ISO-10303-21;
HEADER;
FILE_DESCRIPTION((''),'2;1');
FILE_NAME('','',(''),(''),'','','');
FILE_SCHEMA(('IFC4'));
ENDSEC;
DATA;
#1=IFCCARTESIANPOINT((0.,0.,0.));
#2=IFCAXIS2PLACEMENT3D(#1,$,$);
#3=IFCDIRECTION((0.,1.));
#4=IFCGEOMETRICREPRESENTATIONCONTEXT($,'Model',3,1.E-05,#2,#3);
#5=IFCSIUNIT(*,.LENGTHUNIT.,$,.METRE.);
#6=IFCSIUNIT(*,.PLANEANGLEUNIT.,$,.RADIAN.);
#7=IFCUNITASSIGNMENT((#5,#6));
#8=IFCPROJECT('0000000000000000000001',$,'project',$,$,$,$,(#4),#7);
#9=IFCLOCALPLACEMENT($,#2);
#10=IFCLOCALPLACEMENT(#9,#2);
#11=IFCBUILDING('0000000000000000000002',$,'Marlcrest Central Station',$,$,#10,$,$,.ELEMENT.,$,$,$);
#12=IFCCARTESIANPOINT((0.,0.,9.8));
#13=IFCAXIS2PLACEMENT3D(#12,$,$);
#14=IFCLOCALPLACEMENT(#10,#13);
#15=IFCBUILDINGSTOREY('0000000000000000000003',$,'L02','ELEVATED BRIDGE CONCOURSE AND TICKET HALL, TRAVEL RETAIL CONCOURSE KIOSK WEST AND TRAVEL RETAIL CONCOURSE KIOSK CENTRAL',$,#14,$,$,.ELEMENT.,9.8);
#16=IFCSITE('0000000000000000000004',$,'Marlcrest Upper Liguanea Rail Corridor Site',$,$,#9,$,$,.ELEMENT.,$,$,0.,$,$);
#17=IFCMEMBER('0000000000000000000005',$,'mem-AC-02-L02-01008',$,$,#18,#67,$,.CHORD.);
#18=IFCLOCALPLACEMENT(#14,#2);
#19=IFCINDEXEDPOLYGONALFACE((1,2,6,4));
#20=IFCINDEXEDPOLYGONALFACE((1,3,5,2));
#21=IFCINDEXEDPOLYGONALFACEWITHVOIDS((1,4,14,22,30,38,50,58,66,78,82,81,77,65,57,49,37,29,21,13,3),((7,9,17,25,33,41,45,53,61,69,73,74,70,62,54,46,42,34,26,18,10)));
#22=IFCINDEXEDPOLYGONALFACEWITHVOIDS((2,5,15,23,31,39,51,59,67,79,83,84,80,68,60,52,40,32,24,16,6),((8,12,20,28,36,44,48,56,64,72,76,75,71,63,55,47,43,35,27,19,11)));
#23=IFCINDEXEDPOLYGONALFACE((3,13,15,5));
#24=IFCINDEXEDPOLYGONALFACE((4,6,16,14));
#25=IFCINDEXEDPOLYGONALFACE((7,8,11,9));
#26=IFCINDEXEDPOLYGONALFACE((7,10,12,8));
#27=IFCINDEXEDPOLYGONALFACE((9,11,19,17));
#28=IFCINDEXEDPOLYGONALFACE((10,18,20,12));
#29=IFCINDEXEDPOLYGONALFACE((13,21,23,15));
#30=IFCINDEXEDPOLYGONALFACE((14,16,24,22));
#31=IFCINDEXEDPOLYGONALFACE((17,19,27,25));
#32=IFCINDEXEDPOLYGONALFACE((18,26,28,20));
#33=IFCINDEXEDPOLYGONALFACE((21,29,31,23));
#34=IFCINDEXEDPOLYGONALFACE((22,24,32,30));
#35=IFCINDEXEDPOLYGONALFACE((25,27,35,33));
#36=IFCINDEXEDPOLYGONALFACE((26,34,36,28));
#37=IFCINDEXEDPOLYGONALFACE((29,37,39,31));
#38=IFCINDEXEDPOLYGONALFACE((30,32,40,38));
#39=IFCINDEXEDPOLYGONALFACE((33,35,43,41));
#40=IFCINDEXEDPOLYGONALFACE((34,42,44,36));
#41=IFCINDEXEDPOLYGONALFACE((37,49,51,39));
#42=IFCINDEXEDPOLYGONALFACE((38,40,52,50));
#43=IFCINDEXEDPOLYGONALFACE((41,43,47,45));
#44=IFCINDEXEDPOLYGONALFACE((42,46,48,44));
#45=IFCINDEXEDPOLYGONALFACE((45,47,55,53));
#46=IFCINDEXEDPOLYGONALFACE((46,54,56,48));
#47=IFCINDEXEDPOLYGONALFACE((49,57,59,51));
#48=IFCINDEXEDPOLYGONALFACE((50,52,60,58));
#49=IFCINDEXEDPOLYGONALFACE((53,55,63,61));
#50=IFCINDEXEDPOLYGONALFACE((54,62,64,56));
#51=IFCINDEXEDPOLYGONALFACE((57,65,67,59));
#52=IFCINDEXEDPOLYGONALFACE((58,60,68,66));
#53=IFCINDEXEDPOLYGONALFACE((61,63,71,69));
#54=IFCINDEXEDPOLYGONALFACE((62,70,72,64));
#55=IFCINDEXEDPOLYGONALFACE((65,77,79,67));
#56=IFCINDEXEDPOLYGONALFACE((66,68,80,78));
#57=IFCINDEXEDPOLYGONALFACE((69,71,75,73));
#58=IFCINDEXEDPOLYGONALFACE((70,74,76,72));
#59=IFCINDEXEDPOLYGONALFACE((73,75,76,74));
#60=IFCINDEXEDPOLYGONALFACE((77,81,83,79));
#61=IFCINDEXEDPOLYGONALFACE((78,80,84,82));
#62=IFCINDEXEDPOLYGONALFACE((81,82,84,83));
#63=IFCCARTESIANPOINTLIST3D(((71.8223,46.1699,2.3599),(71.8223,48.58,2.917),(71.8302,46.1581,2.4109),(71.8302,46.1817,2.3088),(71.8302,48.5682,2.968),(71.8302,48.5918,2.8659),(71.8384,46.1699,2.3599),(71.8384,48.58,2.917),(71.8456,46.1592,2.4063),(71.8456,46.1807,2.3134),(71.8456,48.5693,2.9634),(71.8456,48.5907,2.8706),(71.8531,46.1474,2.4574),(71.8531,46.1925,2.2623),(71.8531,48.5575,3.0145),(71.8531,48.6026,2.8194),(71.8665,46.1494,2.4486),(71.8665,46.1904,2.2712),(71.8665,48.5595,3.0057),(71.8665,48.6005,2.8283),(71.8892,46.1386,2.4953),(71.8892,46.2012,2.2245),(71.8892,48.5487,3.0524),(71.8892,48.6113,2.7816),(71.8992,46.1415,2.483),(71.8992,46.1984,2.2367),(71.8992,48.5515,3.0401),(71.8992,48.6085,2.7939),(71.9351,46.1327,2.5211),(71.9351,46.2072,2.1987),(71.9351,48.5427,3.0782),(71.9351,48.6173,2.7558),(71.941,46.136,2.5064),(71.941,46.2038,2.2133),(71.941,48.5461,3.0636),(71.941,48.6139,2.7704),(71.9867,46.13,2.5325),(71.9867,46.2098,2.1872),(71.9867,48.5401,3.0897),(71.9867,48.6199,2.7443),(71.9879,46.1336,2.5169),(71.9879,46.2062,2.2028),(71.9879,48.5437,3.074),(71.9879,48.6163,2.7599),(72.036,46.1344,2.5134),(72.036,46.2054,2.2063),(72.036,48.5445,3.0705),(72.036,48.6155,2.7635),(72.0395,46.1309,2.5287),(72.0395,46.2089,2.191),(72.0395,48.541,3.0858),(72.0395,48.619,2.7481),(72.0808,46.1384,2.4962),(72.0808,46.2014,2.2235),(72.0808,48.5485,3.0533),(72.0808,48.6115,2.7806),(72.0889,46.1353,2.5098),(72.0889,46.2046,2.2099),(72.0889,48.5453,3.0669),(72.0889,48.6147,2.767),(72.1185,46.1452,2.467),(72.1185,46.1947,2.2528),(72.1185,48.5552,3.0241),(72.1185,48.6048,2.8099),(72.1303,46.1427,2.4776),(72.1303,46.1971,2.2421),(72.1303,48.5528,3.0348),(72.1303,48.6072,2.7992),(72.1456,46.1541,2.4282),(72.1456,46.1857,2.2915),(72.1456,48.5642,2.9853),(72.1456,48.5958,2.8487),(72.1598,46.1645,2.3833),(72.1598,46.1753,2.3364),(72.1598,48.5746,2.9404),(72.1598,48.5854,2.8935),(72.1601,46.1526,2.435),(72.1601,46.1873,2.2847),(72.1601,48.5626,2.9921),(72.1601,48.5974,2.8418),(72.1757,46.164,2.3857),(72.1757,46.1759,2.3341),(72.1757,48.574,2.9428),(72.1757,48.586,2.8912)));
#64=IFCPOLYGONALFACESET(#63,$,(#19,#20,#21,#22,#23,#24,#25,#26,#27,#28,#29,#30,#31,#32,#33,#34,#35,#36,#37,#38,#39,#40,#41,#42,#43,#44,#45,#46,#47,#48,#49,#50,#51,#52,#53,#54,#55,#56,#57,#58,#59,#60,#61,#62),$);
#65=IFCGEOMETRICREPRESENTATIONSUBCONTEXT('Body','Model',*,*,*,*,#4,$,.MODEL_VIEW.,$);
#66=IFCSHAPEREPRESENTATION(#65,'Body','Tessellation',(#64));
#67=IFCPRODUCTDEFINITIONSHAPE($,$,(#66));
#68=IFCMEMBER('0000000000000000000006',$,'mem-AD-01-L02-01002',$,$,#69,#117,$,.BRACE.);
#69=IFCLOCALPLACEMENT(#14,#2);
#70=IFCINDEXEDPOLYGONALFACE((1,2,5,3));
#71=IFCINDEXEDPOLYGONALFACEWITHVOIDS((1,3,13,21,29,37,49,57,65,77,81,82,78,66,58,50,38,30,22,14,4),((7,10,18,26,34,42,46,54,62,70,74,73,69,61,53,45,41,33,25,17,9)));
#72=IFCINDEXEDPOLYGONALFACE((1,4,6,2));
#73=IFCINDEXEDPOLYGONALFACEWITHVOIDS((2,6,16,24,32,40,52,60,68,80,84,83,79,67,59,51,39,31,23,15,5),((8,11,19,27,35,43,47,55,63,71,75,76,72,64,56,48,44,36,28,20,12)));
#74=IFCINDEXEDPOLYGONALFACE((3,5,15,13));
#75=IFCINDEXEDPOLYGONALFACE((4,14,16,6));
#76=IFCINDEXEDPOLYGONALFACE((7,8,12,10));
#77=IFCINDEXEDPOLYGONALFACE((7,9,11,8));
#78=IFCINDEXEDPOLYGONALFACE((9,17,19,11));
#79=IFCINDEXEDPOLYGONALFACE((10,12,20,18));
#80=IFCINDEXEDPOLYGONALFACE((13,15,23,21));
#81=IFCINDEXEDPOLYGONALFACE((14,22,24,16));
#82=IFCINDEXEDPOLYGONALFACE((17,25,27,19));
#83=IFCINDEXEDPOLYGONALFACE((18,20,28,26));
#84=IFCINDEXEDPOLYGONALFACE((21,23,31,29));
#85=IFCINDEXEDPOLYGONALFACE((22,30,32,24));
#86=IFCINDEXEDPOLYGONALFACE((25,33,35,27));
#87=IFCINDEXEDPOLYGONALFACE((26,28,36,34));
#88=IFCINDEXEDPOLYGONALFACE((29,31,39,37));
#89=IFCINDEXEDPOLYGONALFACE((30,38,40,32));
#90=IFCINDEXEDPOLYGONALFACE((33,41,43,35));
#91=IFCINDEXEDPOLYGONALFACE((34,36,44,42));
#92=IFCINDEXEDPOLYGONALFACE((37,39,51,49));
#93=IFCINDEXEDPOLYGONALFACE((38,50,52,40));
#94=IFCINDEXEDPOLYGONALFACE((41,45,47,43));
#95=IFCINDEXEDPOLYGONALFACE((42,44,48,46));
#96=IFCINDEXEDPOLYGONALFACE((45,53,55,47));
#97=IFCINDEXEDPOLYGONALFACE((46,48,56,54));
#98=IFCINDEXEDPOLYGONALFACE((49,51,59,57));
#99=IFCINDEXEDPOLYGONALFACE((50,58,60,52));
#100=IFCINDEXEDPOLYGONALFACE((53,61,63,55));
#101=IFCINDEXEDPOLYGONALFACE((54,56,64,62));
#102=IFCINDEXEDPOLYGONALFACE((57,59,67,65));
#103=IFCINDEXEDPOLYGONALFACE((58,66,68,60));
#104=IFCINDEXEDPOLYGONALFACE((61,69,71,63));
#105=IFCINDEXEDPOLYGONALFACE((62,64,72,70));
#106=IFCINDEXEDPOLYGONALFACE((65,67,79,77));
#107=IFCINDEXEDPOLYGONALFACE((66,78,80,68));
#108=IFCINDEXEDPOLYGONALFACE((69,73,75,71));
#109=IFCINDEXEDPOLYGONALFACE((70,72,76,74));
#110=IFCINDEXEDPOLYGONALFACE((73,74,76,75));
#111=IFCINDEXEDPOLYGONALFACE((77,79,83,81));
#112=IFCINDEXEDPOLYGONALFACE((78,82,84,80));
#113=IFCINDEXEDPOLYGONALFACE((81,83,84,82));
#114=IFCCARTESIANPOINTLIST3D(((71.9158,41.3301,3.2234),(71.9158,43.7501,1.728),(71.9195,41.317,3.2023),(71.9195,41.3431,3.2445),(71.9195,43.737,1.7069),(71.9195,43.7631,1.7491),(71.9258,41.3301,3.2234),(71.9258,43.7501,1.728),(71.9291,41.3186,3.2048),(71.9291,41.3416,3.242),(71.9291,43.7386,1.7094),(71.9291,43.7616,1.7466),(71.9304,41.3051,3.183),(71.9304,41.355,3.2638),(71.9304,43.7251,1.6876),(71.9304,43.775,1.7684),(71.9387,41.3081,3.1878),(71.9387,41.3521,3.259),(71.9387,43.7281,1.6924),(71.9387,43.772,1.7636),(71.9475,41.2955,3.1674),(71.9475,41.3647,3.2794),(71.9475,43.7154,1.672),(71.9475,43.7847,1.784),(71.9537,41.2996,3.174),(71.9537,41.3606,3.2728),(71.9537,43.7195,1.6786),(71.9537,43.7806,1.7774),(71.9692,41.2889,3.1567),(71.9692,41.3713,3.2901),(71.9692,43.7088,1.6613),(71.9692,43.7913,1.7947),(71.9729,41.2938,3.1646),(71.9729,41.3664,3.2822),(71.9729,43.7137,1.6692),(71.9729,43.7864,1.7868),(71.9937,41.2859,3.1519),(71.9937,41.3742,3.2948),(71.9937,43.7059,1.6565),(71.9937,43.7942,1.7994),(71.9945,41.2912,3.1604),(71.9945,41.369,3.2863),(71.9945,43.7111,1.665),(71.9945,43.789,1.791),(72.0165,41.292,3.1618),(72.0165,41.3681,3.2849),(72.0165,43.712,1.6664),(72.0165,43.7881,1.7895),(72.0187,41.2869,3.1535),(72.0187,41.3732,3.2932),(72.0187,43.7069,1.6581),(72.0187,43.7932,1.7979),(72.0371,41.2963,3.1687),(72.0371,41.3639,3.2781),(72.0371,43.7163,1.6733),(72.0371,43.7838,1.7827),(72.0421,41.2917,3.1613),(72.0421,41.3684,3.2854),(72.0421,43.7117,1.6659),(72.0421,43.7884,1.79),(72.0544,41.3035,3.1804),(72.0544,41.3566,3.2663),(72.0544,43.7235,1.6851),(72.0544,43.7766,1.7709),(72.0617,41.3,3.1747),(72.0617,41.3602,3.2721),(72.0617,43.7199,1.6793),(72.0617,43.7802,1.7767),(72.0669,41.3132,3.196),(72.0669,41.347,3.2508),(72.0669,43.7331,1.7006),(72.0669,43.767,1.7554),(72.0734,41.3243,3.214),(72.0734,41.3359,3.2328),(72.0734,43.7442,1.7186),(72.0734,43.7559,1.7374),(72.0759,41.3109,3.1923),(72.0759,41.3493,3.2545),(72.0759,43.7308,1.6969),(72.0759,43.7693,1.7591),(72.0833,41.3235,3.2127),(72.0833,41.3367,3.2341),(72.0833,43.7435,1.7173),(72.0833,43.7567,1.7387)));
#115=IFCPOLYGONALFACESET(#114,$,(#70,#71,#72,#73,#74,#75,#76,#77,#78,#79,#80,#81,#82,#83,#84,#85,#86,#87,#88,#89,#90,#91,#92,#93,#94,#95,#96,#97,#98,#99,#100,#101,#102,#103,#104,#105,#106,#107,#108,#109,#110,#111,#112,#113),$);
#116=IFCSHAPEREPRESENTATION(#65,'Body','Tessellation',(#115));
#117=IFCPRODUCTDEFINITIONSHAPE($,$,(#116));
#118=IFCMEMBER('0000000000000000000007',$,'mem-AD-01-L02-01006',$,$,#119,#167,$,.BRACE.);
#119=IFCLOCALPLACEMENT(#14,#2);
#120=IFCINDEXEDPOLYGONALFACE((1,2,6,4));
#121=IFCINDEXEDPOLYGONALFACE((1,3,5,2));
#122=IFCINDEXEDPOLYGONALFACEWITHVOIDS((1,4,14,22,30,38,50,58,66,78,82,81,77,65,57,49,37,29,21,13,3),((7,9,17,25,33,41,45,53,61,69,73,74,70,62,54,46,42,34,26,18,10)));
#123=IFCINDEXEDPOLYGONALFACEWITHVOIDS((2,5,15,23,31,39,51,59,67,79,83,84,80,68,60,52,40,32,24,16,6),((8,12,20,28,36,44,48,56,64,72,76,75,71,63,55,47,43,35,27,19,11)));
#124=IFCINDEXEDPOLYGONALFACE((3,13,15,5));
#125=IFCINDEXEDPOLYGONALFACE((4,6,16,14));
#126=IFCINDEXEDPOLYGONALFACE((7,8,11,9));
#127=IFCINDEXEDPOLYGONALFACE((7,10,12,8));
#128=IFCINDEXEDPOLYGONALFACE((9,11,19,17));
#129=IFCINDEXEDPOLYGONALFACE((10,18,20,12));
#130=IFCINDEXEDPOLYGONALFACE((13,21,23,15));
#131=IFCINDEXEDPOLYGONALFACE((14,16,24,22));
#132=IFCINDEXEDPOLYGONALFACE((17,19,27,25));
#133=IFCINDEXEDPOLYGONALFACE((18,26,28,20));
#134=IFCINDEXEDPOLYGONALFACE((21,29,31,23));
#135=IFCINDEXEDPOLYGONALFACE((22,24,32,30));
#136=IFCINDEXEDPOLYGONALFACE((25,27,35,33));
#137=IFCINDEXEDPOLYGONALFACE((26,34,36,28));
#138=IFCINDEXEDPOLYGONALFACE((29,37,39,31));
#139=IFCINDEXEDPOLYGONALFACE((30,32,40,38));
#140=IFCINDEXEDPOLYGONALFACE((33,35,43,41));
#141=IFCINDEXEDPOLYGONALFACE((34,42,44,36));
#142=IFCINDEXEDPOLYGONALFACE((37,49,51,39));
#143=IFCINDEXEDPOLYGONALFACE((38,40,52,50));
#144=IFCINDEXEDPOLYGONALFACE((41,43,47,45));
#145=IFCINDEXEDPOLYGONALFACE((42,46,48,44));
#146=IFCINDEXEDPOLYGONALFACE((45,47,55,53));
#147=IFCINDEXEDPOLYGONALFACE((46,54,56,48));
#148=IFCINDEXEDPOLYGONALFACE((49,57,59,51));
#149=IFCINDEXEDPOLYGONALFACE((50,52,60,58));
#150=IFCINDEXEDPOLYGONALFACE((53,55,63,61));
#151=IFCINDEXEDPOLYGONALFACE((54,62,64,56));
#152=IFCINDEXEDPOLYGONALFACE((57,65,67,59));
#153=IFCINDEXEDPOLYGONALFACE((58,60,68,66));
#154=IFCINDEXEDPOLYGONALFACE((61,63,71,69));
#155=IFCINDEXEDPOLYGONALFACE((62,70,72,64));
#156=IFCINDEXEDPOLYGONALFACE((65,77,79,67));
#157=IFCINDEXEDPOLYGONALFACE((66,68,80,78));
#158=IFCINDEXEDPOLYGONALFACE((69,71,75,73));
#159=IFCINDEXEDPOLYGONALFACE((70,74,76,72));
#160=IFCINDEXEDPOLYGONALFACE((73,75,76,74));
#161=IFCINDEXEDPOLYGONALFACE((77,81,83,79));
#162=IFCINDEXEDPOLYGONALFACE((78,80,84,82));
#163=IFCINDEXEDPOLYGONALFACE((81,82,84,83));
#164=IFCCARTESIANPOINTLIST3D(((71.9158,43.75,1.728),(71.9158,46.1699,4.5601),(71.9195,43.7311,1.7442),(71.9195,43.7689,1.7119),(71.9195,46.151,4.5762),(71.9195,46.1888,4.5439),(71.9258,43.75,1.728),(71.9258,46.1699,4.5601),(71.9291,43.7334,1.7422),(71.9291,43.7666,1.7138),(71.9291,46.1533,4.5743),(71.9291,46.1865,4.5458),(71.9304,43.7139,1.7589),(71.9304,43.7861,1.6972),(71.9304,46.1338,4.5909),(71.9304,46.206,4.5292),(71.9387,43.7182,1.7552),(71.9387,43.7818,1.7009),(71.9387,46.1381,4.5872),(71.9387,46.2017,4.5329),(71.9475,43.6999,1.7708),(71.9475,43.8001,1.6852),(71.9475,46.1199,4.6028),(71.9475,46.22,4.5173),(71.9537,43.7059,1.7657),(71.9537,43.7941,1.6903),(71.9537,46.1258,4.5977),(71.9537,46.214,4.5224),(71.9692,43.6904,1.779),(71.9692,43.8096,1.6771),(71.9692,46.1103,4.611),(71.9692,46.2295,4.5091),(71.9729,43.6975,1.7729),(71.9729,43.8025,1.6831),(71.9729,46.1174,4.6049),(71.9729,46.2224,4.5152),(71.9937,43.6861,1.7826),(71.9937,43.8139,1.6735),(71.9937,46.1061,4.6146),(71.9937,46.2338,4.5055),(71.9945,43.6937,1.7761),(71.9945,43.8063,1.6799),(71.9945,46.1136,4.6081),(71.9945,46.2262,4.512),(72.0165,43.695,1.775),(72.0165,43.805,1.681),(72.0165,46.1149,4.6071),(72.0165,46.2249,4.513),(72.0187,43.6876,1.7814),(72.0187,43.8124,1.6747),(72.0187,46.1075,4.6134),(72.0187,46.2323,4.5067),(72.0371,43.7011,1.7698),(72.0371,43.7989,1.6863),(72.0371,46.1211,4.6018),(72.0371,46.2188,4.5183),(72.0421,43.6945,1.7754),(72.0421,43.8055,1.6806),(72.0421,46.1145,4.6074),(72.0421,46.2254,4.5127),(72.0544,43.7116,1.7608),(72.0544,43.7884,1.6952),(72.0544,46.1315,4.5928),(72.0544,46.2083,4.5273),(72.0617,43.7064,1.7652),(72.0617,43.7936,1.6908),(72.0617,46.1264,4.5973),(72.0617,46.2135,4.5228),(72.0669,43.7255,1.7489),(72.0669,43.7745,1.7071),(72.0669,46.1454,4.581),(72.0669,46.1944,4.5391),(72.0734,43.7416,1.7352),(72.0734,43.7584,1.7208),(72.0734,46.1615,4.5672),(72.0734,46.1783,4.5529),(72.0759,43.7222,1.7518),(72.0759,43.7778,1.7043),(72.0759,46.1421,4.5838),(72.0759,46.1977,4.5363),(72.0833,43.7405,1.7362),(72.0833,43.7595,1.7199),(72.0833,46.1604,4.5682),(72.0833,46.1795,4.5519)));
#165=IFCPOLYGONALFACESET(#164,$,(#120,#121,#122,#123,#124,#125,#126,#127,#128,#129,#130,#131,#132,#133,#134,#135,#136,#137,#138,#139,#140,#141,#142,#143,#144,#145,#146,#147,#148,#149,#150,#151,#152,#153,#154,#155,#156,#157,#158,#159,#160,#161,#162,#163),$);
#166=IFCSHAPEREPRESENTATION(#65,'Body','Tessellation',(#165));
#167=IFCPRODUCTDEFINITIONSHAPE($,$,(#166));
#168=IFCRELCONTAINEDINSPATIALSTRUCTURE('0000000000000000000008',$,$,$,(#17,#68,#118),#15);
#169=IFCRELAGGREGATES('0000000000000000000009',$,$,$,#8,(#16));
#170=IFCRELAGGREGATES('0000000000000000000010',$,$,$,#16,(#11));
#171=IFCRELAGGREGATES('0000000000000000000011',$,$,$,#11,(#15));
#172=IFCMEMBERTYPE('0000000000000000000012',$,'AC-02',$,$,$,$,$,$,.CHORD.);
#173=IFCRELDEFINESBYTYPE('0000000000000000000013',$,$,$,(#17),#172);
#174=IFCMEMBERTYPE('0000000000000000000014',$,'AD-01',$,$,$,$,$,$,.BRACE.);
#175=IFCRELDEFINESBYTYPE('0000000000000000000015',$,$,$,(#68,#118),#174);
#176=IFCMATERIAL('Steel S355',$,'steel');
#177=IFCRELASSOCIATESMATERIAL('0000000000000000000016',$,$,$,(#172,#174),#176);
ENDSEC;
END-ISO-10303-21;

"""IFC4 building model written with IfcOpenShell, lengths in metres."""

from ifc_helpers import new_model, si_unit, direction, frame, origin, origin_2d, place, context, subcontext, project, spatial, hollow_circle, extrude, material, material_profile, profile_set, type_object, element, save


model = new_model("IFC4")

# Units and contexts
model_context = context("Model", 3, precision=1e-05, world=origin(), true_north=direction((0.0, 1.0)))
body_context = subcontext(model_context, "Body", "Model", "MODEL_VIEW")
ifc_project = project(units=[si_unit("LENGTHUNIT", "METRE"), si_unit("PLANEANGLEUNIT", "RADIAN")], contexts=[model_context])

# Site, building, storey
site_placement = place(None, origin())
site = spatial("IfcSite", under=ifc_project, at=site_placement, Name="Marlcrest Upper Liguanea Rail Corridor Site", CompositionType="ELEMENT", RefElevation=0.0)
building_placement = place(site_placement, origin())
building = spatial("IfcBuilding", under=site, at=building_placement, Name="Marlcrest Central Station", CompositionType="ELEMENT")
storey_placement = place(building_placement, frame((0.0, 0.0, 9.8)))
storey = spatial("IfcBuildingStorey", under=building, at=storey_placement, Name="L02", Description="ELEVATED BRIDGE CONCOURSE AND TICKET HALL, TRAVEL RETAIL CONCOURSE KIOSK WEST AND TRAVEL RETAIL CONCOURSE KIOSK CENTRAL", CompositionType="ELEMENT", Elevation=9.8)

# Members
ifc_material = material(Name="Steel S355", Category="steel")
ifc_material_profile_1 = material_profile(ifc_material, hollow_circle(Radius=0.1777, WallThickness=0.0161, at=origin_2d()), Name="CHS 355.6x16")
ifc_profile_set_1 = profile_set([ifc_material_profile_1], Name="Steel S355")
member_type_1 = type_object("IfcMemberType", Name="AC-02", PredefinedType="CHORD", material=ifc_profile_set_1)
member_1_placement = place(storey_placement, frame((72.0, 46.1699, 2.3599), z_axis=(0.0, 0.974308, 0.22522), x_axis=(-1.0, 0.0, 0.0)))
element("IfcMember", 1, at=member_1_placement, inside=storey, type_object=member_type_1, Name="mem-AC-02-L02-01008", PredefinedType="CHORD", context=body_context, shape_type="SweptSolid", body=[
    extrude(hollow_circle(Radius=0.1777, WallThickness=0.0161, at=origin_2d()), origin(), (0.0, 0.0, 1.0), 2.4736),
])
ifc_material_profile_2 = material_profile(ifc_material, hollow_circle(Radius=0.0842, WallThickness=0.01, at=origin_2d()), Name="CHS 168.3x10")
ifc_profile_set_2 = profile_set([ifc_material_profile_2], Name="Steel S355")
member_type_2 = type_object("IfcMemberType", Name="AD-01", PredefinedType="BRACE", material=ifc_profile_set_2)
member_2_placement = place(storey_placement, frame((72.0, 41.3301, 3.2234), z_axis=(0.0, 0.850687, -0.525672), x_axis=(-1.0, 0.0, 0.0)))
element("IfcMember", 2, at=member_2_placement, inside=storey, type_object=member_type_2, Name="mem-AD-01-L02-01002", PredefinedType="BRACE", context=body_context, shape_type="SweptSolid", body=[
    extrude(hollow_circle(Radius=0.0842, WallThickness=0.01, at=origin_2d()), origin(), (0.0, 0.0, 1.0), 2.8447),
])
member_3_placement = place(storey_placement, frame((72.0, 43.75, 1.728), z_axis=(0.0, 0.649625, 0.760255), x_axis=(-1.0, 0.0, 0.0)))
element("IfcMember", 3, at=member_3_placement, inside=storey, type_object=member_type_2, Name="mem-AD-01-L02-01006", PredefinedType="BRACE", context=body_context, shape_type="SweptSolid", body=[
    extrude(hollow_circle(Radius=0.0842, WallThickness=0.01, at=origin_2d()), origin(), (0.0, 0.0, 1.0), 3.7251),
])

save(model, "model.ifc")
